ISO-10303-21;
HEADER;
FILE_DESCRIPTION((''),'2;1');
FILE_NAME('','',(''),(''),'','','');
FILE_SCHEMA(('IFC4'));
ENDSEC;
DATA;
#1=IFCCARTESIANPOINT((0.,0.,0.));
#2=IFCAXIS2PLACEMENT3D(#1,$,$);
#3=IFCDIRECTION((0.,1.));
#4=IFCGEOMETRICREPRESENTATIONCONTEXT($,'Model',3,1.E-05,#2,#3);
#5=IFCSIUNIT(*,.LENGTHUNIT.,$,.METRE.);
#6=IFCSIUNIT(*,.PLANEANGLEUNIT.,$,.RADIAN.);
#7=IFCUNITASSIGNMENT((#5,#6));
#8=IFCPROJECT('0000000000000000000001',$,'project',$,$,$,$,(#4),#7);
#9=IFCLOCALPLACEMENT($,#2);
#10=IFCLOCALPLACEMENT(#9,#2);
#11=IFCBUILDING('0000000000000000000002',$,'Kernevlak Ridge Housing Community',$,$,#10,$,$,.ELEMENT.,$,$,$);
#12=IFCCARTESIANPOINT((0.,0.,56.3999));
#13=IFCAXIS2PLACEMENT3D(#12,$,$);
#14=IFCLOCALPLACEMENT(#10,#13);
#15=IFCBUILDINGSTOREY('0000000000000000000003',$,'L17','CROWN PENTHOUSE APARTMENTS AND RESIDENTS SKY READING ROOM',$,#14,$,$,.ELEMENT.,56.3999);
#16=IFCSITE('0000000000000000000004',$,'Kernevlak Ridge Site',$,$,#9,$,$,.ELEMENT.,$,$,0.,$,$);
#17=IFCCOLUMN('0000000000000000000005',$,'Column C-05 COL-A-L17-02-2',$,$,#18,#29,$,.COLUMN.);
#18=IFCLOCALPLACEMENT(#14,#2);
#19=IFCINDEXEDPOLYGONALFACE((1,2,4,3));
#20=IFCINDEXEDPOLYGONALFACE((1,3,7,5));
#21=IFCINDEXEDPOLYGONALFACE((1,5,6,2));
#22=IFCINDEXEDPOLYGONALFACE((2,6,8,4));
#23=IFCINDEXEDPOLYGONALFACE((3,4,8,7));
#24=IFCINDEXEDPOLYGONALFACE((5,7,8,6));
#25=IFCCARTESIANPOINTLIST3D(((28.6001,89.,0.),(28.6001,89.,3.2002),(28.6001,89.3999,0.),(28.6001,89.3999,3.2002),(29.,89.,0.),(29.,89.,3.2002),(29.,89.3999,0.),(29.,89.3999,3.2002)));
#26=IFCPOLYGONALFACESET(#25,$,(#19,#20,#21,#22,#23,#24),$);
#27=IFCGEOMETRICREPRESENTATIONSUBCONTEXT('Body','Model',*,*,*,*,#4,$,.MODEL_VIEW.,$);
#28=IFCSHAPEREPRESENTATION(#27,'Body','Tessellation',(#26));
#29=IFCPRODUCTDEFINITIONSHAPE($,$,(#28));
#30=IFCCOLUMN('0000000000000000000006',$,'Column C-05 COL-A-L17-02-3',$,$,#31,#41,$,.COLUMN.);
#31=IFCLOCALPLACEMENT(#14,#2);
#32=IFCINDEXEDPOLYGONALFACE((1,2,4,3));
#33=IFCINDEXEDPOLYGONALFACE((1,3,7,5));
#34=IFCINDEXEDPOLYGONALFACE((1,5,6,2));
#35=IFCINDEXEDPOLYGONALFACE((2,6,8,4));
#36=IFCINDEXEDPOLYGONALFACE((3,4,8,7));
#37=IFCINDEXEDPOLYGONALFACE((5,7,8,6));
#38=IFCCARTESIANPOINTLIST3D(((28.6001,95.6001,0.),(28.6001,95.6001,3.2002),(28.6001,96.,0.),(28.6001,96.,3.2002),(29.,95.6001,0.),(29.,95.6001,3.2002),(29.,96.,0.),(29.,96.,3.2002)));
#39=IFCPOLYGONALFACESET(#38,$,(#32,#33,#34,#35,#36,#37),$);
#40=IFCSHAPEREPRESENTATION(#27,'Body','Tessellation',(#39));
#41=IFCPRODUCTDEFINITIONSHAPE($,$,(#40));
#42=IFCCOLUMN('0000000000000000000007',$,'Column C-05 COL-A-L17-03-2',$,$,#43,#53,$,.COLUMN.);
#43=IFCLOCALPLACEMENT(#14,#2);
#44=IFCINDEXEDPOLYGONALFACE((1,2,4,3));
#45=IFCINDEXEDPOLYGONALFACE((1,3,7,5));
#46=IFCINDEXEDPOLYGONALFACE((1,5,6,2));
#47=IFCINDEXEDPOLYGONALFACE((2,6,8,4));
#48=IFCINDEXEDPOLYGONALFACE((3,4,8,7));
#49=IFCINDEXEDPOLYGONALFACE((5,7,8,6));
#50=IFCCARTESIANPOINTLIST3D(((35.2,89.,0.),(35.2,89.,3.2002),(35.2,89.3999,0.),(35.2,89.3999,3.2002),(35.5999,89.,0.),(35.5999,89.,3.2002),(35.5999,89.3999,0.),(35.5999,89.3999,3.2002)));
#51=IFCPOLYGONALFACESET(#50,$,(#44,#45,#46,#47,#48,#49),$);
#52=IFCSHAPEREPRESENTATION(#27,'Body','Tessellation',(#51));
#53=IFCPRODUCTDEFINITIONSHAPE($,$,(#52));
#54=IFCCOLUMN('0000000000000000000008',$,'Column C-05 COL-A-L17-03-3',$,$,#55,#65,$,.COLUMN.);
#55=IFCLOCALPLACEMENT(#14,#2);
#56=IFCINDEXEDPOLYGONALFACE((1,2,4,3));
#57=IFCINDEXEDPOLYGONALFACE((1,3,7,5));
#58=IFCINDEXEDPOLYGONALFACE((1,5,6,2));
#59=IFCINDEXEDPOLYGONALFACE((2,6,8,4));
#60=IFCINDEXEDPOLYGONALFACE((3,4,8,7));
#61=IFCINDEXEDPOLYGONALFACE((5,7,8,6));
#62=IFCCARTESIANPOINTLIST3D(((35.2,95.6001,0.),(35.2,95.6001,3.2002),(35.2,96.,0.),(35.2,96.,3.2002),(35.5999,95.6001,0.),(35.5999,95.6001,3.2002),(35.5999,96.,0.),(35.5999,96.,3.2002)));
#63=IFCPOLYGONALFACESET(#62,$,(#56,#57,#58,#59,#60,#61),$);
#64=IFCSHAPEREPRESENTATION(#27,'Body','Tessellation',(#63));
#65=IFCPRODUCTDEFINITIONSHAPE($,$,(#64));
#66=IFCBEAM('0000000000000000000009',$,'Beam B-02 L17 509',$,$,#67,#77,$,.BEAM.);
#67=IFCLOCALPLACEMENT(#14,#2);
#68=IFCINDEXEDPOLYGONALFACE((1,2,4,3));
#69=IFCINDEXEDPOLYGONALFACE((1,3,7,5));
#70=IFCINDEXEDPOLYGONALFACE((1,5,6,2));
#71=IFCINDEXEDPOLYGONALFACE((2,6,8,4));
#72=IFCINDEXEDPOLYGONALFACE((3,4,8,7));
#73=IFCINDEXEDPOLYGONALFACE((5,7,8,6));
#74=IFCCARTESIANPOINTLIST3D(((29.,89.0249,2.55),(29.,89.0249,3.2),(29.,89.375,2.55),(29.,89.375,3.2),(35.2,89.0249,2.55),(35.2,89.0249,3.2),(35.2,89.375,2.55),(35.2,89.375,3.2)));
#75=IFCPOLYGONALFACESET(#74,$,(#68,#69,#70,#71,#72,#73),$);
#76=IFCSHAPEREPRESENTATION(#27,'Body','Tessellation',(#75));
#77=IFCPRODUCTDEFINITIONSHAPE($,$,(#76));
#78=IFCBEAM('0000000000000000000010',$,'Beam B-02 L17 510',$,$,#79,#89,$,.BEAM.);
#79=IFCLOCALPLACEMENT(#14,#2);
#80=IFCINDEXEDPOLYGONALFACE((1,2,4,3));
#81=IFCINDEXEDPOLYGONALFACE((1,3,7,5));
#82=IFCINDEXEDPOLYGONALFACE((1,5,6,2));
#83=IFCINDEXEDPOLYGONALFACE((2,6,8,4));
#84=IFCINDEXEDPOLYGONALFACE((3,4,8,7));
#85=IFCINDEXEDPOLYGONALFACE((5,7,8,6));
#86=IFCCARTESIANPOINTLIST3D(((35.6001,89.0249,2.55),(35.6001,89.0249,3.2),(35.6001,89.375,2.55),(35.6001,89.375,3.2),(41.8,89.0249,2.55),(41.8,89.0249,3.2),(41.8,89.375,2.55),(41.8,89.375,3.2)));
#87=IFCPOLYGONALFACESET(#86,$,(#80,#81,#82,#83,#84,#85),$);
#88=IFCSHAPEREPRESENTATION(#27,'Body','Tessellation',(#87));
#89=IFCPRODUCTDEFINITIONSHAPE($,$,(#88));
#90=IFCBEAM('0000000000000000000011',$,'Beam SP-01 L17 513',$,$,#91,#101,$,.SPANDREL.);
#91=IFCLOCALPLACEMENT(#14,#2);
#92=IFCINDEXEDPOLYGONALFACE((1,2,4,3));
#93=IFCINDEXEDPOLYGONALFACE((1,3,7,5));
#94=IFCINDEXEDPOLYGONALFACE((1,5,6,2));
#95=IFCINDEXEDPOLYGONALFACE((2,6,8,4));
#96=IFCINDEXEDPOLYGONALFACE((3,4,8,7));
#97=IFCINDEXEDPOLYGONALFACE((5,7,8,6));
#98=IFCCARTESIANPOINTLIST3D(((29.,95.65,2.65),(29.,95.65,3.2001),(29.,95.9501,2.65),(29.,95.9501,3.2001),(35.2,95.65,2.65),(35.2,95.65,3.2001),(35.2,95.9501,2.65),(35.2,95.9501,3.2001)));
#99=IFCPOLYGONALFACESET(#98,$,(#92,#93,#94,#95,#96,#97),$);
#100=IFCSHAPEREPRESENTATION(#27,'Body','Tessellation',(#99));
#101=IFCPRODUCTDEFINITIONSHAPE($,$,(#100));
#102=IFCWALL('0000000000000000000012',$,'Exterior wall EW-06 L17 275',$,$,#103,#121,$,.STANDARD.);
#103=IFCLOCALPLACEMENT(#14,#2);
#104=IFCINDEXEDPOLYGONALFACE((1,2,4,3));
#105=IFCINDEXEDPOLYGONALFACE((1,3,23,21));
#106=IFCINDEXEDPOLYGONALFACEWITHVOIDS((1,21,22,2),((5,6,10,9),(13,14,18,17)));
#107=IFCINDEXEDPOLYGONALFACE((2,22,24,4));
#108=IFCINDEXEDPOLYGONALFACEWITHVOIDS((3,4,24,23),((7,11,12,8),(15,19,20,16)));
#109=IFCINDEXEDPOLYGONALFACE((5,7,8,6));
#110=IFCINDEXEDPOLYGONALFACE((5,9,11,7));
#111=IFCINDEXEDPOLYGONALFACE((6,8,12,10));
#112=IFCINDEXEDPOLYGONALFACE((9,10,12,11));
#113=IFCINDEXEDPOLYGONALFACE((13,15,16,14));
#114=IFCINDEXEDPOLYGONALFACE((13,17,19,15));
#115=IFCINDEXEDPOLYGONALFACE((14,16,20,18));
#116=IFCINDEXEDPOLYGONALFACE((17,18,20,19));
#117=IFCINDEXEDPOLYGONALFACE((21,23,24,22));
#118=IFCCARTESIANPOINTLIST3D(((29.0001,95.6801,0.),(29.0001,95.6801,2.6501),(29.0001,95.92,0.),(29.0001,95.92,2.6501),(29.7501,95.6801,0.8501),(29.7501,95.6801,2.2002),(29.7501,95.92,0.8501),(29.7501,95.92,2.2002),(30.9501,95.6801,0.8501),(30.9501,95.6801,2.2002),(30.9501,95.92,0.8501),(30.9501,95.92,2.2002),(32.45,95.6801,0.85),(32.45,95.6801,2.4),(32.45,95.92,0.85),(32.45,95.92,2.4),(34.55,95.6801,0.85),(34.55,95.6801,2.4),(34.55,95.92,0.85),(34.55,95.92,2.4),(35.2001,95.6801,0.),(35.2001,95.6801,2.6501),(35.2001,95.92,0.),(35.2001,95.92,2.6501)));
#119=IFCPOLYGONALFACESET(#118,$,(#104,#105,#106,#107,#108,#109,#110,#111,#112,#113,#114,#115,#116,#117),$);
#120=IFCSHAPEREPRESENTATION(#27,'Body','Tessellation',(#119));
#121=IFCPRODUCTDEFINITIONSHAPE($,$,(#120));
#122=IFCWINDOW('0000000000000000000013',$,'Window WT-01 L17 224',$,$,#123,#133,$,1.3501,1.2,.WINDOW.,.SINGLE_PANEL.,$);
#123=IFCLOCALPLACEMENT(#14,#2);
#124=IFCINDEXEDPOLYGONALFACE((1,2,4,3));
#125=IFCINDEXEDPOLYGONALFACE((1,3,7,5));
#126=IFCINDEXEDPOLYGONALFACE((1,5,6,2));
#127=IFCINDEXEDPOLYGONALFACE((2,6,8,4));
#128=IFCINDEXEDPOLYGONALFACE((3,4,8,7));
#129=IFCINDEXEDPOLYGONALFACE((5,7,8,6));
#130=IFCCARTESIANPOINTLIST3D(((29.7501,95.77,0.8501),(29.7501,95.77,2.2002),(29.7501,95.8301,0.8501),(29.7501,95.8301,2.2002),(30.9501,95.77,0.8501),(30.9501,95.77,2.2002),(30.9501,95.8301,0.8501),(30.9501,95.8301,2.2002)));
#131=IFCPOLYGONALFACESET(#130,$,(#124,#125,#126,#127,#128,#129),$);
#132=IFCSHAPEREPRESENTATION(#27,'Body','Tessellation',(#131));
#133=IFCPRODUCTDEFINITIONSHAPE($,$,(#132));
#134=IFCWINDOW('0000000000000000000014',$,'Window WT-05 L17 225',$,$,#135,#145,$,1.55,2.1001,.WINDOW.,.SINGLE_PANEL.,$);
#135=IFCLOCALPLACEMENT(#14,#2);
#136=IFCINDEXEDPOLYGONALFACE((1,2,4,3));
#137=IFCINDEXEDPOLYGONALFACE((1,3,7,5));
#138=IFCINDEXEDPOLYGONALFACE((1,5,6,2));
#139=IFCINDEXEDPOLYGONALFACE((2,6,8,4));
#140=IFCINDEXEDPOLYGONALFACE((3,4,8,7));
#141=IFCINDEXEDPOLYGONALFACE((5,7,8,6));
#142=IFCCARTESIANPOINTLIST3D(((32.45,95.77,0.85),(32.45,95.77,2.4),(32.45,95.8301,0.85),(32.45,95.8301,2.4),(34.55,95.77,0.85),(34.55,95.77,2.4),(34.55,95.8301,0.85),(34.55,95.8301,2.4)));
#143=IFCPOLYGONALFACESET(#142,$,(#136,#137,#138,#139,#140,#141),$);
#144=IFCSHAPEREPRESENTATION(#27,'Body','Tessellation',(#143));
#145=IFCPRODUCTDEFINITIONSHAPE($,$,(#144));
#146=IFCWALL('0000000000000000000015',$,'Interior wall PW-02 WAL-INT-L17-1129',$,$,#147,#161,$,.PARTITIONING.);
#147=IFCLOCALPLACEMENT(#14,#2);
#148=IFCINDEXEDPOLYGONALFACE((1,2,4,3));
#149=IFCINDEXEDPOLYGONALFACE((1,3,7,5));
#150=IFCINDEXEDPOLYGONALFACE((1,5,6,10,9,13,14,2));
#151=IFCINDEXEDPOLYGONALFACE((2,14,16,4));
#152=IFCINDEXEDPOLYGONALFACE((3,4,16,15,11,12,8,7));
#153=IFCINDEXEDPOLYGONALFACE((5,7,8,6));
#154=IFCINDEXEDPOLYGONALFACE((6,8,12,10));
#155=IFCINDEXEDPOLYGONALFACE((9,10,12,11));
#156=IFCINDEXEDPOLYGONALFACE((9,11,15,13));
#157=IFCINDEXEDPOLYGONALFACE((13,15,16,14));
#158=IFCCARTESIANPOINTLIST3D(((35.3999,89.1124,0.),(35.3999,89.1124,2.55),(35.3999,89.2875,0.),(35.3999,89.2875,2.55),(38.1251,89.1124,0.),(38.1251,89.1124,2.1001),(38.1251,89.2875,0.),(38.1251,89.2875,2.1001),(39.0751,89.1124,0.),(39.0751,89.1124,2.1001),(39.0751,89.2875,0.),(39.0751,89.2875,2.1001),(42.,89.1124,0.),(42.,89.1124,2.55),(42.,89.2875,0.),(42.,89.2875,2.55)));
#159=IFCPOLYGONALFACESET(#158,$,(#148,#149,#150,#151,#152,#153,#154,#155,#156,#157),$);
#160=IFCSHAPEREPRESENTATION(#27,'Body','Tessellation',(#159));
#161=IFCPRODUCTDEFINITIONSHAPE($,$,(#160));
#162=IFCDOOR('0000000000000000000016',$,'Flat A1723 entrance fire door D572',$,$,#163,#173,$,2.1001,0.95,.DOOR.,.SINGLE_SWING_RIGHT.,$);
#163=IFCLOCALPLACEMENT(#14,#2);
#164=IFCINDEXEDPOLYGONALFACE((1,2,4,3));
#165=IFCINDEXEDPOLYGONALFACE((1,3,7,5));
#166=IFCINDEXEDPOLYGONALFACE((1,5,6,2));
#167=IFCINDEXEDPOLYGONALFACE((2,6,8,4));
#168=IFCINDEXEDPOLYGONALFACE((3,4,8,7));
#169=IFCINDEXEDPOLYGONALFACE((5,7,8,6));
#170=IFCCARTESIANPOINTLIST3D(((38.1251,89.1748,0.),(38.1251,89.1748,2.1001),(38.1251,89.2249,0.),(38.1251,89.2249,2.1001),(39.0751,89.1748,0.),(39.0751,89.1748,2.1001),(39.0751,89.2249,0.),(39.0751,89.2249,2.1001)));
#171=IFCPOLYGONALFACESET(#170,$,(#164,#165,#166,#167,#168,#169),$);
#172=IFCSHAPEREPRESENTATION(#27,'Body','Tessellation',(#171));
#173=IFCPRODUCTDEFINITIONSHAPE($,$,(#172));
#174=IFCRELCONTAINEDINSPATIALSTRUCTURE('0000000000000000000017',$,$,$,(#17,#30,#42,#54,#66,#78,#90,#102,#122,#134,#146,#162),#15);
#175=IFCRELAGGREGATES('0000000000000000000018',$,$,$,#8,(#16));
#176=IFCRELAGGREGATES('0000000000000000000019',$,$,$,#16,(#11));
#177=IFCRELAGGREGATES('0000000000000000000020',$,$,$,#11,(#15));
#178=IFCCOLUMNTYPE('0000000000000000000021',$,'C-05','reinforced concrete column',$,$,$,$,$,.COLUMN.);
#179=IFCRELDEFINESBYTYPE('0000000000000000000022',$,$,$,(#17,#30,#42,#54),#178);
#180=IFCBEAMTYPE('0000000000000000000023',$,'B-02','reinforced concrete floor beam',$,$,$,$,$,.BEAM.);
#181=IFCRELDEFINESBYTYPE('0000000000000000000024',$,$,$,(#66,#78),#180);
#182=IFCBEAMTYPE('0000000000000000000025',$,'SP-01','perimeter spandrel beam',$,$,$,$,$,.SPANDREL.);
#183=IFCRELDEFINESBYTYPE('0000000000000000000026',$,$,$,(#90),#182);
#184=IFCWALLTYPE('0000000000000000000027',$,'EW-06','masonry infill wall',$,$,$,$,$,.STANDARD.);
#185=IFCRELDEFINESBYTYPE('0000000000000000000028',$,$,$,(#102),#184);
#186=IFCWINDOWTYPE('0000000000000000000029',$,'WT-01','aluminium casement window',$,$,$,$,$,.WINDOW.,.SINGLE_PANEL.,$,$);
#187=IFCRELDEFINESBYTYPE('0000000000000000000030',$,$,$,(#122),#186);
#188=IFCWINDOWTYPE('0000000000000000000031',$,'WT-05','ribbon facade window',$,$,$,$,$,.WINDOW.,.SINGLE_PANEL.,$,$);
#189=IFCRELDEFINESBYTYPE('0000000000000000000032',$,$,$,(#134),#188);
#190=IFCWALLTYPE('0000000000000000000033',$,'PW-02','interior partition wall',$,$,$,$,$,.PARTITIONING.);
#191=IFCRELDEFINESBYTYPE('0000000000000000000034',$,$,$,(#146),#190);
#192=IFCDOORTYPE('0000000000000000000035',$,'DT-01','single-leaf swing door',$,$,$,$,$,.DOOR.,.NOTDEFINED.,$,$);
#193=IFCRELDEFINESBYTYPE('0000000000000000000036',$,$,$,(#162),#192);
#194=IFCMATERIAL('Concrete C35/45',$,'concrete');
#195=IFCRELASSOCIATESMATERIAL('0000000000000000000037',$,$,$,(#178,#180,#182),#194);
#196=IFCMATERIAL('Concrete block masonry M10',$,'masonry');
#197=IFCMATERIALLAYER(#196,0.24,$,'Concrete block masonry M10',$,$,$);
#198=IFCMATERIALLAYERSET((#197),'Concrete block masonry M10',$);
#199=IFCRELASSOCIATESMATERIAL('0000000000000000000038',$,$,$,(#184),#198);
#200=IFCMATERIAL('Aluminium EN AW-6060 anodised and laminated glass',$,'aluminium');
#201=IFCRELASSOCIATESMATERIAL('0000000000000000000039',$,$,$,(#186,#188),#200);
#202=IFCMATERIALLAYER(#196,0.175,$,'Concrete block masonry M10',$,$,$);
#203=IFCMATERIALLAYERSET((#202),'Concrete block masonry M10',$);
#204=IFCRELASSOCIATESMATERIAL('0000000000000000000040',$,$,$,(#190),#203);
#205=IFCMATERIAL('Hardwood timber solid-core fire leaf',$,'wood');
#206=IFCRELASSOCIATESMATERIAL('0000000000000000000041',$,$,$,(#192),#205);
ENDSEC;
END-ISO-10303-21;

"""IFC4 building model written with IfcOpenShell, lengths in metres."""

from ifc_helpers import new_model, si_unit, direction, frame, frame_2d, origin, origin_2d, place, context, subcontext, project, spatial, rectangle, extrude, material, layer, layer_set, material_profile, profile_set, type_object, element, fill, save


model = new_model("IFC4")

# Units and contexts
model_context = context("Model", 3, precision=1e-05, world=origin(), true_north=direction((0.0, 1.0)))
body_context = subcontext(model_context, "Body", "Model", "MODEL_VIEW")
ifc_project = project(units=[si_unit("LENGTHUNIT", "METRE"), si_unit("PLANEANGLEUNIT", "RADIAN")], contexts=[model_context])

# Site, building, storey
site_placement = place(None, origin())
site = spatial("IfcSite", under=ifc_project, at=site_placement, Name="Kernevlak Ridge Site", CompositionType="ELEMENT", RefElevation=0.0)
building_placement = place(site_placement, origin())
building = spatial("IfcBuilding", under=site, at=building_placement, Name="Kernevlak Ridge Housing Community", CompositionType="ELEMENT")
storey_placement = place(building_placement, frame((0.0, 0.0, 56.3999)))
storey = spatial("IfcBuildingStorey", under=building, at=storey_placement, Name="L17", Description="CROWN PENTHOUSE APARTMENTS AND RESIDENTS SKY READING ROOM", CompositionType="ELEMENT", Elevation=56.3999)

# Columns
ifc_material_1 = material(Name="Concrete C35/45", Category="concrete")
ifc_material_profile_1 = material_profile(ifc_material_1, rectangle(XDim=0.3999, YDim=0.3999, at=origin_2d()), Name="RC 400x400")
ifc_profile_set_1 = profile_set([ifc_material_profile_1], Name="Concrete C35/45")
column_type = type_object("IfcColumnType", Name="C-05", Description="reinforced concrete column", PredefinedType="COLUMN", material=ifc_profile_set_1)
for number, where, z_axis, x_axis, name in (
    (1, (28.8, 89.2, 0.0), (0.0, 0.0, 1.0), (1.0, 0.0, 0.0), "Column C-05 COL-A-L17-02-2"),
    (2, (28.8, 95.8, 0.0), (0.0, 0.0, 1.0), (1.0, 0.0, 0.0), "Column C-05 COL-A-L17-02-3"),
    (3, (35.3999, 89.2, 0.0), (0.0, 0.0, 1.0), (1.0, 0.0, 0.0), "Column C-05 COL-A-L17-03-2"),
    (4, (35.3999, 95.8, 0.0), (0.0, 0.0, 1.0), (1.0, 0.0, 0.0), "Column C-05 COL-A-L17-03-3"),
):
    element("IfcColumn", number, at=place(storey_placement, frame(where, z_axis=z_axis, x_axis=x_axis)), inside=storey, type_object=column_type, Name=name, PredefinedType="COLUMN", context=body_context, shape_type="SweptSolid", body=[
        extrude(rectangle(XDim=0.3999, YDim=0.3999, at=origin_2d()), origin(), (0.0, 0.0, 1.0), 3.2002),
    ])

# Beams
ifc_material_profile_2 = material_profile(ifc_material_1, rectangle(XDim=0.3501, YDim=0.6499, at=origin_2d()), Name="RC 350x650")
ifc_profile_set_2 = profile_set([ifc_material_profile_2], Name="Concrete C35/45")
beam_type_1 = type_object("IfcBeamType", Name="B-02", Description="reinforced concrete floor beam", PredefinedType="BEAM", material=ifc_profile_set_2)
for number, where, z_axis, x_axis, name in (
    (5, (29.0, 89.2, 2.875), (1.0, 0.0, 0.0), (0.0, 1.0, 0.0), "Beam B-02 L17 509"),
    (6, (35.6001, 89.2, 2.875), (1.0, 0.0, 0.0), (0.0, 1.0, 0.0), "Beam B-02 L17 510"),
):
    element("IfcBeam", number, at=place(storey_placement, frame(where, z_axis=z_axis, x_axis=x_axis)), inside=storey, type_object=beam_type_1, Name=name, PredefinedType="BEAM", context=body_context, shape_type="SweptSolid", body=[
        extrude(rectangle(XDim=0.3501, YDim=0.6499, at=origin_2d()), origin(), (0.0, 0.0, 1.0), 6.2),
    ])
ifc_material_profile_3 = material_profile(ifc_material_1, rectangle(XDim=0.3, YDim=0.55, at=origin_2d()), Name="RC 300x550")
ifc_profile_set_3 = profile_set([ifc_material_profile_3], Name="Concrete C35/45")
beam_type_2 = type_object("IfcBeamType", Name="SP-01", Description="perimeter spandrel beam", PredefinedType="SPANDREL", material=ifc_profile_set_3)
beam_placement = place(storey_placement, frame((29.0, 95.8, 2.925), z_axis=(1.0, 0.0, 0.0), x_axis=(0.0, 1.0, 0.0)))
element("IfcBeam", 7, at=beam_placement, inside=storey, type_object=beam_type_2, Name="Beam SP-01 L17 513", PredefinedType="SPANDREL", context=body_context, shape_type="SweptSolid", body=[
    extrude(rectangle(XDim=0.3, YDim=0.55, at=origin_2d()), origin(), (0.0, 0.0, 1.0), 6.2),
])

# Wall, openings, windows
ifc_material_2 = material(Name="Concrete block masonry M10", Category="masonry")
ifc_layer_1 = layer(ifc_material_2, 0.24, Name="Concrete block masonry M10")
ifc_layer_set_1 = layer_set([ifc_layer_1], Name="Concrete block masonry M10")
wall_type_1 = type_object("IfcWallType", Name="EW-06", Description="masonry infill wall", PredefinedType="STANDARD", material=ifc_layer_set_1)
wall_1_placement = place(storey_placement, frame((29.0, 95.8, 0.0), z_axis=(0.0, 0.0, 1.0), x_axis=(1.0, 0.0, 0.0)))
wall_1 = element("IfcWall", 8, at=wall_1_placement, inside=storey, type_object=wall_type_1, Name="Exterior wall EW-06 L17 275", PredefinedType="STANDARD", context=body_context, shape_type="SweptSolid", body=[
    extrude(rectangle(XDim=6.2, YDim=0.24, at=frame_2d((3.1001, 0.0))), origin(), (0.0, 0.0, 1.0), 2.6501),
])
opening_1_placement = place(wall_1_placement, frame((0.75, 0.0, 0.8501)))
opening_1 = element("IfcOpeningElement", 9, at=opening_1_placement, cuts=wall_1, PredefinedType="OPENING", context=body_context, shape_type="SweptSolid", body=[
    extrude(rectangle(XDim=1.2, YDim=1.3501, at=frame_2d((0.6001, 0.675))), frame((0.0, 0.1299, 0.0), z_axis=(0.0, -1.0, 0.0), x_axis=(1.0, 0.0, 0.0)), (0.0, 0.0, 1.0), 0.26),
])
opening_2_placement = place(wall_1_placement, frame((3.45, 0.0, 0.8501)))
opening_2 = element("IfcOpeningElement", 10, at=opening_2_placement, cuts=wall_1, PredefinedType="OPENING", context=body_context, shape_type="SweptSolid", body=[
    extrude(rectangle(XDim=2.1001, YDim=1.55, at=frame_2d((1.05, 0.7749))), frame((0.0, 0.1299, 0.0), z_axis=(0.0, -1.0, 0.0), x_axis=(1.0, 0.0, 0.0)), (0.0, 0.0, 1.0), 0.26),
])
ifc_material_3 = material(Name="Aluminium EN AW-6060 anodised and laminated glass", Category="aluminium")
window_type_1 = type_object("IfcWindowType", Name="WT-01", Description="aluminium casement window", PartitioningType="SINGLE_PANEL", PredefinedType="WINDOW", material=ifc_material_3)
window_1_placement = place(opening_1_placement, origin())
window_1 = element("IfcWindow", 11, at=window_1_placement, inside=storey, type_object=window_type_1, Name="Window WT-01 L17 224", OverallHeight=1.3501, OverallWidth=1.2, PartitioningType="SINGLE_PANEL", PredefinedType="WINDOW", context=body_context, shape_type="SweptSolid", body=[
    extrude(rectangle(XDim=1.2, YDim=1.3501, at=frame_2d((0.6001, 0.675))), frame((0.0, 0.03, 0.0), z_axis=(0.0, -1.0, 0.0), x_axis=(1.0, 0.0, 0.0)), (0.0, 0.0, 1.0), 0.0601),
])
fill(opening_1, window_1)
window_type_2 = type_object("IfcWindowType", Name="WT-05", Description="ribbon facade window", PartitioningType="SINGLE_PANEL", PredefinedType="WINDOW", material=ifc_material_3)
window_2_placement = place(opening_2_placement, origin())
window_2 = element("IfcWindow", 12, at=window_2_placement, inside=storey, type_object=window_type_2, Name="Window WT-05 L17 225", OverallHeight=1.55, OverallWidth=2.1001, PartitioningType="SINGLE_PANEL", PredefinedType="WINDOW", context=body_context, shape_type="SweptSolid", body=[
    extrude(rectangle(XDim=2.1001, YDim=1.55, at=frame_2d((1.05, 0.7749))), frame((0.0, 0.03, 0.0), z_axis=(0.0, -1.0, 0.0), x_axis=(1.0, 0.0, 0.0)), (0.0, 0.0, 1.0), 0.0601),
])
fill(opening_2, window_2)

# Wall, opening, door
ifc_layer_2 = layer(ifc_material_2, 0.175, Name="Concrete block masonry M10")
ifc_layer_set_2 = layer_set([ifc_layer_2], Name="Concrete block masonry M10")
wall_type_2 = type_object("IfcWallType", Name="PW-02", Description="interior partition wall", PredefinedType="PARTITIONING", material=ifc_layer_set_2)
wall_2_placement = place(storey_placement, frame((35.3999, 89.2, 0.0), z_axis=(0.0, 0.0, 1.0), x_axis=(1.0, 0.0, 0.0)))
wall_2 = element("IfcWall", 13, at=wall_2_placement, inside=storey, type_object=wall_type_2, Name="Interior wall PW-02 WAL-INT-L17-1129", PredefinedType="PARTITIONING", context=body_context, shape_type="SweptSolid", body=[
    extrude(rectangle(XDim=6.6001, YDim=0.175, at=frame_2d((3.3, 0.0))), origin(), (0.0, 0.0, 1.0), 2.55),
])
opening_3_placement = place(wall_2_placement, frame((2.7251, 0.0, 0.0)))
opening_3 = element("IfcOpeningElement", 14, at=opening_3_placement, cuts=wall_2, PredefinedType="OPENING", context=body_context, shape_type="SweptSolid", body=[
    extrude(rectangle(XDim=0.95, YDim=2.1001, at=frame_2d((0.4751, 1.05))), frame((0.0, 0.0974, 0.0), z_axis=(0.0, -1.0, 0.0), x_axis=(1.0, 0.0, 0.0)), (0.0, 0.0, 1.0), 0.1951),
])
ifc_material_4 = material(Name="Hardwood timber solid-core fire leaf", Category="wood")
door_type_1 = type_object("IfcDoorType", Name="DT-01", Description="single-leaf swing door", OperationType="NOTDEFINED", PredefinedType="DOOR", material=ifc_material_4)
door_1_placement = place(opening_3_placement, origin())
door_1 = element("IfcDoor", 15, at=door_1_placement, inside=storey, type_object=door_type_1, Name="Flat A1723 entrance fire door D572", OperationType="SINGLE_SWING_RIGHT", OverallHeight=2.1001, OverallWidth=0.95, PredefinedType="DOOR", context=body_context, shape_type="SweptSolid", body=[
    extrude(rectangle(XDim=0.95, YDim=2.1001, at=frame_2d((0.4751, 1.05))), frame((0.0, 0.0249, 0.0), z_axis=(0.0, -1.0, 0.0), x_axis=(1.0, 0.0, 0.0)), (0.0, 0.0, 1.0), 0.05),
])
fill(opening_3, door_1)

save(model, "model.ifc")
